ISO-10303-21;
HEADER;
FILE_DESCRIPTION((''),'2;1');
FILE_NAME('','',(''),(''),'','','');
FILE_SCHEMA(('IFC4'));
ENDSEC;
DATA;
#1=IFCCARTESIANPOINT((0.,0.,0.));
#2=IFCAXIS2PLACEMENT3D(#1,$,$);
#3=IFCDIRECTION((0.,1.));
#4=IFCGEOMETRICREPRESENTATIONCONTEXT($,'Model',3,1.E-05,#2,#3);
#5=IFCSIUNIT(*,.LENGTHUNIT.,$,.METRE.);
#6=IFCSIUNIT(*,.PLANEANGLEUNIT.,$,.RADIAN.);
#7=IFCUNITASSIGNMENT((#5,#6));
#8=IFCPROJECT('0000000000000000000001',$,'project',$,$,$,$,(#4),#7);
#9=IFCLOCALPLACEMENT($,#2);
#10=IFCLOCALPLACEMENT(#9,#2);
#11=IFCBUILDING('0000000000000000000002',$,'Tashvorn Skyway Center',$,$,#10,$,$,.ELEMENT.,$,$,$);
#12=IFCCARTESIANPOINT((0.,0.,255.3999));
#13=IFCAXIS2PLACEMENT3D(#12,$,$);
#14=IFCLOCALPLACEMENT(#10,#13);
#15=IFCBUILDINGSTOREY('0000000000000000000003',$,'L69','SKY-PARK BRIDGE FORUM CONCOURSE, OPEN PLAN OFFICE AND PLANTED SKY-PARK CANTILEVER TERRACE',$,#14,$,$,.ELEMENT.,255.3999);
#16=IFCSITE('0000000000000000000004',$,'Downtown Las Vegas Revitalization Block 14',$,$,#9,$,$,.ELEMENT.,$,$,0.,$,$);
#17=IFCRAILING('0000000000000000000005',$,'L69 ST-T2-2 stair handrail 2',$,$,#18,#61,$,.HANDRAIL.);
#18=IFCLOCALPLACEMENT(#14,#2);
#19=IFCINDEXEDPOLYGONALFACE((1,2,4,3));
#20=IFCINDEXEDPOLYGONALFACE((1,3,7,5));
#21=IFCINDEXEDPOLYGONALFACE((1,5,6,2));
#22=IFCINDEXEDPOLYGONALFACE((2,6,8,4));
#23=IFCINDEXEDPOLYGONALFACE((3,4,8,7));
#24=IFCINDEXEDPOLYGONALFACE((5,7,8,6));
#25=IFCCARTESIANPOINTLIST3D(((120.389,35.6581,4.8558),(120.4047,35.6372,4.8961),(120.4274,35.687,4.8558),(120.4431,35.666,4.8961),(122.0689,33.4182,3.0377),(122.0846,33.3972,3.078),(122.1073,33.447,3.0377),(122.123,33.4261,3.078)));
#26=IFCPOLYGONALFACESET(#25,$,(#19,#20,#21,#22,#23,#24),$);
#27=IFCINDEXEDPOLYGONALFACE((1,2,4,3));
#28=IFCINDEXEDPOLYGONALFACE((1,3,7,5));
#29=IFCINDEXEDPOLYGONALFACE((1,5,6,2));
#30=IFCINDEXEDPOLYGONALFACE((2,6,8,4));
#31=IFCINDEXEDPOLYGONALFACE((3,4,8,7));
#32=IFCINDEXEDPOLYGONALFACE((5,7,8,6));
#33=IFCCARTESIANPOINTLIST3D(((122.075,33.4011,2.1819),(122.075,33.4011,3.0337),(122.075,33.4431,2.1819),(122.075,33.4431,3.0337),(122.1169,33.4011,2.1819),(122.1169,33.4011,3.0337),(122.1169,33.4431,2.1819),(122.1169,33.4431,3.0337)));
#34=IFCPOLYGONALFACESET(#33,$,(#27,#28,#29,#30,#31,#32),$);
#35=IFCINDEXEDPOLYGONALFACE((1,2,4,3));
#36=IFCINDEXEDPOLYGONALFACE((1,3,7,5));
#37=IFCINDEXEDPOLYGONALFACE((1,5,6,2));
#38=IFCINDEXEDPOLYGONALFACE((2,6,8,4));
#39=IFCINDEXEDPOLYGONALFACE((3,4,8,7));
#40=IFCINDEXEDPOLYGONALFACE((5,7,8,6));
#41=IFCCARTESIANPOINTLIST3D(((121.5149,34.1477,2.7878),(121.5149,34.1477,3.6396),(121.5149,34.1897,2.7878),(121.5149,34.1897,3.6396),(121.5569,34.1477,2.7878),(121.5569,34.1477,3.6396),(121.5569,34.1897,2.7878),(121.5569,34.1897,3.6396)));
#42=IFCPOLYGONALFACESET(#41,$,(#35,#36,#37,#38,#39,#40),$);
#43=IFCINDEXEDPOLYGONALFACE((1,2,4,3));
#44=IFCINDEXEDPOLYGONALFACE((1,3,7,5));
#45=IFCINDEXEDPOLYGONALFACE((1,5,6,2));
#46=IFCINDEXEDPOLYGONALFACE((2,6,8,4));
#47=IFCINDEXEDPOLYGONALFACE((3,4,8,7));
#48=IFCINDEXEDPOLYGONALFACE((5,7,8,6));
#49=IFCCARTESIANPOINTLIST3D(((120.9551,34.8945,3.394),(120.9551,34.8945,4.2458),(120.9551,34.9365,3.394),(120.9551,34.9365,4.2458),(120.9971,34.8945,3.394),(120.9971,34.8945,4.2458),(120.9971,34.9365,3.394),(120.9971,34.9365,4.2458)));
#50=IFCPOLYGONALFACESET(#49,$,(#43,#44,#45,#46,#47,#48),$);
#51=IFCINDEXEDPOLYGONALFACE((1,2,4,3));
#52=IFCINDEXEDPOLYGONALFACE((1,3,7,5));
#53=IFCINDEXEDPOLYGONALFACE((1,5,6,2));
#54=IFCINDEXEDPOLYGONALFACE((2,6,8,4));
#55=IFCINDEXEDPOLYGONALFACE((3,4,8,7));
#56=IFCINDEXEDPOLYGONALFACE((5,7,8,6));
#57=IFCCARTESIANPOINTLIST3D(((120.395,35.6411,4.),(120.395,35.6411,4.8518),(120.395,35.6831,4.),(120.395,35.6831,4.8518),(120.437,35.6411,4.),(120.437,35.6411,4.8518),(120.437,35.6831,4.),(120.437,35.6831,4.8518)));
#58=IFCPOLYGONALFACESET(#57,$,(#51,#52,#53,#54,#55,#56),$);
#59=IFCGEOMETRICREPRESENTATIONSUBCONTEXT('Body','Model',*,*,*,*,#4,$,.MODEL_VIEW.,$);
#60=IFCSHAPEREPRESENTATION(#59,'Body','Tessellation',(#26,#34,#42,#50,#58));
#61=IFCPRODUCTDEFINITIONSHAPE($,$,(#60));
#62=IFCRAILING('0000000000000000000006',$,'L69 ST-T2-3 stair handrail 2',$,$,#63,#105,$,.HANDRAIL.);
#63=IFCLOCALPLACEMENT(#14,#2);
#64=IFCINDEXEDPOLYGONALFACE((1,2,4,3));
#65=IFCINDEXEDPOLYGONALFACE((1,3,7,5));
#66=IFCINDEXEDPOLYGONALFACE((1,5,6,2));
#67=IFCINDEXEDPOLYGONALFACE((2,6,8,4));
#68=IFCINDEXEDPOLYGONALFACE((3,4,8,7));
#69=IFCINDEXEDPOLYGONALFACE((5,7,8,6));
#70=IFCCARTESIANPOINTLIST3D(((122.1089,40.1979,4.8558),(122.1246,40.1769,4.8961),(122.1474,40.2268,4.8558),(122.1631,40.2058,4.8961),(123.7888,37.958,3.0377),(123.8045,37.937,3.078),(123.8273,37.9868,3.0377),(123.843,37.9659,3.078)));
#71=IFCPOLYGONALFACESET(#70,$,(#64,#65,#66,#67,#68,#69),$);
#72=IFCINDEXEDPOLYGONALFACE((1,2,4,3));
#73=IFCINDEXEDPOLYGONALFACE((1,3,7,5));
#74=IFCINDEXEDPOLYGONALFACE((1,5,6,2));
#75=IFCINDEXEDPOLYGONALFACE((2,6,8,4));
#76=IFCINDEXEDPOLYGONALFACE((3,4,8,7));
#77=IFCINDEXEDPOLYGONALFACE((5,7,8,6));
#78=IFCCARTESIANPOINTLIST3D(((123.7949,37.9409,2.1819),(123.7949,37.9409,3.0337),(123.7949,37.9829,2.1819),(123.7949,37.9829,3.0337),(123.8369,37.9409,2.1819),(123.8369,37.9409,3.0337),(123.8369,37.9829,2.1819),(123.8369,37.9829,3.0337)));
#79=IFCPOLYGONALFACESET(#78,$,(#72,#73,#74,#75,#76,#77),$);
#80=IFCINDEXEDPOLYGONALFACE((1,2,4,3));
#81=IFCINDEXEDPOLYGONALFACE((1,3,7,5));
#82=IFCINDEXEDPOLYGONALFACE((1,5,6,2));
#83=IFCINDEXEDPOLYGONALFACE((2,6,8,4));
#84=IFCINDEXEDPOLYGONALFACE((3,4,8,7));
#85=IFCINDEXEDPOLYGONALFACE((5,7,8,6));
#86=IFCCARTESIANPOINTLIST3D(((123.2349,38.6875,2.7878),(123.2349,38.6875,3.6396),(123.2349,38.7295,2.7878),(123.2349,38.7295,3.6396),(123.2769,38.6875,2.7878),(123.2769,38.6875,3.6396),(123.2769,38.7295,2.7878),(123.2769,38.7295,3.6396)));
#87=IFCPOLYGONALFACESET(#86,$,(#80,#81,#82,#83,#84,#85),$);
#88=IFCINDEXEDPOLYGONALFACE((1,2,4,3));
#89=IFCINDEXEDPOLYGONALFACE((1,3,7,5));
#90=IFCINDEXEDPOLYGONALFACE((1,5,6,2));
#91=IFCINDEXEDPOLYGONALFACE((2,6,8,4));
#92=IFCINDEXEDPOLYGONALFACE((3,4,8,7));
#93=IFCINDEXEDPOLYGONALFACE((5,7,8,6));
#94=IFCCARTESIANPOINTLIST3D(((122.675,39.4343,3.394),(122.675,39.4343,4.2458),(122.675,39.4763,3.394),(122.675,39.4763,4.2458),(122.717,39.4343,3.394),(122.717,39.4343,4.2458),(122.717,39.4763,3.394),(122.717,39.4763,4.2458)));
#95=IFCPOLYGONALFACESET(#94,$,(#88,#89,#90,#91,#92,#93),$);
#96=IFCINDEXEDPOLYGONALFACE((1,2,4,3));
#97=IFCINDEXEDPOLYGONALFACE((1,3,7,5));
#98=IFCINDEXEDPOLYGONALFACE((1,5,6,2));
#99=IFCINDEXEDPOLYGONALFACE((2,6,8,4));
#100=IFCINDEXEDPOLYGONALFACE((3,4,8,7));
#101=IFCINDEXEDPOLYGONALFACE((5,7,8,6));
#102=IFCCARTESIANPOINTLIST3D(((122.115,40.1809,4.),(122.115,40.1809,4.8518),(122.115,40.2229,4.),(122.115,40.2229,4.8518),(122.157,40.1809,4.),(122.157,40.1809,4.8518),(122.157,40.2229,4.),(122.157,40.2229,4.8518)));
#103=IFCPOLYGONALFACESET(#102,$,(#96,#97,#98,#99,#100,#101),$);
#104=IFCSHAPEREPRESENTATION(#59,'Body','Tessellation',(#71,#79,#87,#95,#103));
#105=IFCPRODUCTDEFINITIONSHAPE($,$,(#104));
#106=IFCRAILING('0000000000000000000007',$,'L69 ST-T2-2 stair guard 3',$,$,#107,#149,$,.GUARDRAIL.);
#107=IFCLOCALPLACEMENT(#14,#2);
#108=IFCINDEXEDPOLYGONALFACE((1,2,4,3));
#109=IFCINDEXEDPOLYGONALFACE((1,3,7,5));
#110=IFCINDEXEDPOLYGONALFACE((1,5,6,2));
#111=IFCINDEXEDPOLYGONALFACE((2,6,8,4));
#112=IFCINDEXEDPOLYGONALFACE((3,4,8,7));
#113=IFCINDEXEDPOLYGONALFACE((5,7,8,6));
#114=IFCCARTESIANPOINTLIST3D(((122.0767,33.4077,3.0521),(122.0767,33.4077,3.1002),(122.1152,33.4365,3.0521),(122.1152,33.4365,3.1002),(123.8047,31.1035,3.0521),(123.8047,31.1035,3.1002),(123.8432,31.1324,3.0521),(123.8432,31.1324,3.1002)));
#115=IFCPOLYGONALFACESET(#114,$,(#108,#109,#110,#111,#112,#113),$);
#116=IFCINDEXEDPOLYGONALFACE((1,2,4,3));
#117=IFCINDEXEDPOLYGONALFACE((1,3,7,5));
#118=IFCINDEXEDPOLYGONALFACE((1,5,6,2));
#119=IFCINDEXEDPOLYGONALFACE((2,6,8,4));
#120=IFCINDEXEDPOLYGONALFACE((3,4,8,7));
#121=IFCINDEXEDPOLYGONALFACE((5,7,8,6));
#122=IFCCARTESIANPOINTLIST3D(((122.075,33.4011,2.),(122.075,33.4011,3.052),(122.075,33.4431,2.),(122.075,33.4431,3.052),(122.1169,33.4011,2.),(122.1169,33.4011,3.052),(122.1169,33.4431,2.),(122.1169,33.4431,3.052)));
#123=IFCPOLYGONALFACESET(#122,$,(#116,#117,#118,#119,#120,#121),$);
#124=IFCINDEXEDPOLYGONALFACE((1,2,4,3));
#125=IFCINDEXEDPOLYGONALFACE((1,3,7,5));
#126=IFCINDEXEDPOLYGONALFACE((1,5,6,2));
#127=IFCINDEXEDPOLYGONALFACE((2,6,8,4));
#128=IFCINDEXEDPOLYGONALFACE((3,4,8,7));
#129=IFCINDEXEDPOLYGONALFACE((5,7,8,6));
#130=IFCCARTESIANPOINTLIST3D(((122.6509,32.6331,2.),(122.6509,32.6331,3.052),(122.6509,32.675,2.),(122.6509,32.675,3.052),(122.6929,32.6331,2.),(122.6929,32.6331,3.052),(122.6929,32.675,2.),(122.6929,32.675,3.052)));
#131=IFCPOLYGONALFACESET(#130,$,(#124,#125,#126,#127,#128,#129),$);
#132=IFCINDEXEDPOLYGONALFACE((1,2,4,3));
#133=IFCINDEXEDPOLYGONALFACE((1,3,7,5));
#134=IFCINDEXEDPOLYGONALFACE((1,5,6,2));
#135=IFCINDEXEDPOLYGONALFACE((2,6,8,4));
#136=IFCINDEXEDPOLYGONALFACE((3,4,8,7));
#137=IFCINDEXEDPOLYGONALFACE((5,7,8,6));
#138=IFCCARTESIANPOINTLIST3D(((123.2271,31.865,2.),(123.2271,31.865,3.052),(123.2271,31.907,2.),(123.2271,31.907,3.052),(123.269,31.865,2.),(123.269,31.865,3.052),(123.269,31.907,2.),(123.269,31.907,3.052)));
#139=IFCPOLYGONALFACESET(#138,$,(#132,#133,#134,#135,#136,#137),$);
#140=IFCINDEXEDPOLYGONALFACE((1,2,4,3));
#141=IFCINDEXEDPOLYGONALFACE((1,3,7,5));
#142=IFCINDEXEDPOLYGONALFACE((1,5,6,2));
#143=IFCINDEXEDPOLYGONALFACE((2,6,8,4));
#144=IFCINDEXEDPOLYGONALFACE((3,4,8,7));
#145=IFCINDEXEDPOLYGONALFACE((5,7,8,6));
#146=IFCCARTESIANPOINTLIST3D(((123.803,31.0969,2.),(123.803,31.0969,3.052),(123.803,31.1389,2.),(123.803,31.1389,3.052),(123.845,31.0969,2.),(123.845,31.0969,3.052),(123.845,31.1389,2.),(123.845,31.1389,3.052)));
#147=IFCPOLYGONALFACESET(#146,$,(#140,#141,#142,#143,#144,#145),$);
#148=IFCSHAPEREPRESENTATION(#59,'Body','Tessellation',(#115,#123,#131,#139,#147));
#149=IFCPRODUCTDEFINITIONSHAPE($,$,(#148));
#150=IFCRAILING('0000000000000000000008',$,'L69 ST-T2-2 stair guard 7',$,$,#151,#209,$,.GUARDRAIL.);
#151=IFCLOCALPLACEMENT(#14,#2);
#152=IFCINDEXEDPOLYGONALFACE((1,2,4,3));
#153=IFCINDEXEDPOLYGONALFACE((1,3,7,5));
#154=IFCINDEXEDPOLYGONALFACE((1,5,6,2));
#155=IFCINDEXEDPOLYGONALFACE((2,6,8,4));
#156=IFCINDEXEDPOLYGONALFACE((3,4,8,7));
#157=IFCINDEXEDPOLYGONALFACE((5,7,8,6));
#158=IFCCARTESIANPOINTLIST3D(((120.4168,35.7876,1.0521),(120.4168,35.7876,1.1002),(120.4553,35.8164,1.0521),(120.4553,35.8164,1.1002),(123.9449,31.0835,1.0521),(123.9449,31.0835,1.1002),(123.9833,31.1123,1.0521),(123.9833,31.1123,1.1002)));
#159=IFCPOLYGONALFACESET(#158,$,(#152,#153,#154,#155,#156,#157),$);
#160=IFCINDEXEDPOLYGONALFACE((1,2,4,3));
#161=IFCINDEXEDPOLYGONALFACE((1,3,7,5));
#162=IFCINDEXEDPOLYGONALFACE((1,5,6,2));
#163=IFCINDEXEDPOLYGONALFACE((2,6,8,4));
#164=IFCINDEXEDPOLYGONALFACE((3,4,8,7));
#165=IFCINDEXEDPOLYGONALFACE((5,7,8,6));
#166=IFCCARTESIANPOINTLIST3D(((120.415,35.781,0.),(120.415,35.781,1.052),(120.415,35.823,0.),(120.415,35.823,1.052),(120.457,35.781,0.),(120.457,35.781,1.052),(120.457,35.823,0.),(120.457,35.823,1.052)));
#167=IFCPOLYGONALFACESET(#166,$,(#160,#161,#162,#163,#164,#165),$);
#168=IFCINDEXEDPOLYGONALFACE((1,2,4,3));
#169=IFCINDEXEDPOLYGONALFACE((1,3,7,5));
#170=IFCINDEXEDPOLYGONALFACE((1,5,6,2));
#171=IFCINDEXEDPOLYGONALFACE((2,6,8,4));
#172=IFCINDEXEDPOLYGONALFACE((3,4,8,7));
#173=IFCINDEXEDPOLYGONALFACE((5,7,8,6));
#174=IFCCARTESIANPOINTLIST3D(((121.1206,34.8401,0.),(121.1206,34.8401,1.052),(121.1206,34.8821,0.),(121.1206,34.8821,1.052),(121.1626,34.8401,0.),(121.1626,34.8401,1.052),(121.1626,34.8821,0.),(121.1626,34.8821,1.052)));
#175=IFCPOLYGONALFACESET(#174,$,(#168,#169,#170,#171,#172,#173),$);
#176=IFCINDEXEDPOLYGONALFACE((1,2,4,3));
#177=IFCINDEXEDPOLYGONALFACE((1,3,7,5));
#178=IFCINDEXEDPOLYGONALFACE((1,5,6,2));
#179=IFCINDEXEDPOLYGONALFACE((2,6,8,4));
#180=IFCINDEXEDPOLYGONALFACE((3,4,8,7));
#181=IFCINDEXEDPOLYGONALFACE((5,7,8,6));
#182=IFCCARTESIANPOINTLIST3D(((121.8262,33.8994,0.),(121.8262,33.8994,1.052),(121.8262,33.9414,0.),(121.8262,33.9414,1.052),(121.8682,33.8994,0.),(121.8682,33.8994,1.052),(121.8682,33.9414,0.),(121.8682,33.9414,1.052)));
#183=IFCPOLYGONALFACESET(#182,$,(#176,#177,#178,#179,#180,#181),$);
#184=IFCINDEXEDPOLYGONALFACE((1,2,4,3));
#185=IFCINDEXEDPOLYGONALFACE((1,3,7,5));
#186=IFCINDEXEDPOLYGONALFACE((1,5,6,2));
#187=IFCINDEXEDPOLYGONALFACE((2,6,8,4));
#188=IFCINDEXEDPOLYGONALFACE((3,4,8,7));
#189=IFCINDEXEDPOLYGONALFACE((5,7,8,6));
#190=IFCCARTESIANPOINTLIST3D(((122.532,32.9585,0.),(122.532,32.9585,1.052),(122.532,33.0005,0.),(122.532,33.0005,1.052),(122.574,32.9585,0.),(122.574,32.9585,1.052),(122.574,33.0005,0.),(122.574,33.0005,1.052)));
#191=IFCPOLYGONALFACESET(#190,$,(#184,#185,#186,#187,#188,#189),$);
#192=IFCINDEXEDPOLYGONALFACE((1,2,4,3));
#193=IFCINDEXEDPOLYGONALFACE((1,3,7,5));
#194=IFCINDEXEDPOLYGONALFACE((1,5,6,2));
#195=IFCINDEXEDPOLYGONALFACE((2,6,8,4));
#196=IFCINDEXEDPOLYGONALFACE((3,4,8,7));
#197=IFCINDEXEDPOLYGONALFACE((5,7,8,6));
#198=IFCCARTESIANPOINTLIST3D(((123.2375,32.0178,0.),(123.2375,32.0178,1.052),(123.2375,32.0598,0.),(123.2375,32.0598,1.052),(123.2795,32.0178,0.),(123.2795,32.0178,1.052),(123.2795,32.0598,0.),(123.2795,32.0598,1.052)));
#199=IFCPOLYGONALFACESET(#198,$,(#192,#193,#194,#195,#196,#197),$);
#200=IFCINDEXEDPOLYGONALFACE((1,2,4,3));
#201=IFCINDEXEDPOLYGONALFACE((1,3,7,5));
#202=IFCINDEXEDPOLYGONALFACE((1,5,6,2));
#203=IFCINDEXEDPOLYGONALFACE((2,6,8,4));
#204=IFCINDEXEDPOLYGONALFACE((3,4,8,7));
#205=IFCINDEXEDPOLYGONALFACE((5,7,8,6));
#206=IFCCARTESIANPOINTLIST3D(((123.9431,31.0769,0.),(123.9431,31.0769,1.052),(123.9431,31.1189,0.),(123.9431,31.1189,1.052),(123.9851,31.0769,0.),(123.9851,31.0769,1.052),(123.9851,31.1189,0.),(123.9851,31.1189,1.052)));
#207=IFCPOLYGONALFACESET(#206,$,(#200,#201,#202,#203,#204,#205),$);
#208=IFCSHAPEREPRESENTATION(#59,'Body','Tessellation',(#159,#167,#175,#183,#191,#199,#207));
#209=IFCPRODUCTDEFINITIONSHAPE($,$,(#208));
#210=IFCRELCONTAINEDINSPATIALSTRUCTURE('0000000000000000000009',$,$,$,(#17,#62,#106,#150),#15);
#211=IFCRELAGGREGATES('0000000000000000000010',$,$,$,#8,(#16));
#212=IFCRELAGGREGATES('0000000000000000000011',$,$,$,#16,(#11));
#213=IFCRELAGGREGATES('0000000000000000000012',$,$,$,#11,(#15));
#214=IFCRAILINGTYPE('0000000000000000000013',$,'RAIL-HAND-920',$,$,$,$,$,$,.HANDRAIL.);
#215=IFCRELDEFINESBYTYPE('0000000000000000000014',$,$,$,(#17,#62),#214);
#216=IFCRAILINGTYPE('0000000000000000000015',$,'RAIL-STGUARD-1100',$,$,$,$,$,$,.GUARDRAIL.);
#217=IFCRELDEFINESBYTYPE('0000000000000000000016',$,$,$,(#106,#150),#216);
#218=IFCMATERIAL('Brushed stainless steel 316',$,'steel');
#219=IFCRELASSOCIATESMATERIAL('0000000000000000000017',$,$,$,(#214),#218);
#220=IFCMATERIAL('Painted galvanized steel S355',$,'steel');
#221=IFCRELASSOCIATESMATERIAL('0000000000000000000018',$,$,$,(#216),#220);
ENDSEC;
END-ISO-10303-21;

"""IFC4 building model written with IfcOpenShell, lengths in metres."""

from ifc_helpers import new_model, si_unit, direction, frame, origin, origin_2d, place, context, subcontext, project, spatial, rectangle, extrude, material, type_object, element, save


model = new_model("IFC4")

# Units and contexts
model_context = context("Model", 3, precision=1e-05, world=origin(), true_north=direction((0.0, 1.0)))
body_context = subcontext(model_context, "Body", "Model", "MODEL_VIEW")
ifc_project = project(units=[si_unit("LENGTHUNIT", "METRE"), si_unit("PLANEANGLEUNIT", "RADIAN")], contexts=[model_context])

# Site, building, storey
site_placement = place(None, origin())
site = spatial("IfcSite", under=ifc_project, at=site_placement, Name="Downtown Las Vegas Revitalization Block 14", CompositionType="ELEMENT", RefElevation=0.0)
building_placement = place(site_placement, origin())
building = spatial("IfcBuilding", under=site, at=building_placement, Name="Tashvorn Skyway Center", CompositionType="ELEMENT")
storey_placement = place(building_placement, frame((0.0, 0.0, 255.3999)))
storey = spatial("IfcBuildingStorey", under=building, at=storey_placement, Name="L69", Description="SKY-PARK BRIDGE FORUM CONCOURSE, OPEN PLAN OFFICE AND PLANTED SKY-PARK CANTILEVER TERRACE", CompositionType="ELEMENT", Elevation=255.3999)

# Railings
ifc_material_1 = material(Name="Brushed stainless steel 316", Category="steel")
railing_type_1 = type_object("IfcRailingType", Name="RAIL-HAND-920", PredefinedType="HANDRAIL", material=ifc_material_1)
for number, where, name in (
    (1, (122.0959, 33.4221, 2.1819), "L69 ST-T2-2 stair handrail 2"),
    (2, (123.8159, 37.9619, 2.1819), "L69 ST-T2-3 stair handrail 2"),
):
    element("IfcRailing", number, at=place(storey_placement, frame(where)), inside=storey, type_object=railing_type_1, Name=name, PredefinedType="HANDRAIL", context=body_context, shape_type="SweptSolid", body=[
        extrude(rectangle(XDim=0.0481, YDim=0.0481, at=origin_2d()), frame((0.0, 0.0, 0.876), z_axis=(-0.503207, 0.670966, 0.544598), x_axis=(-0.80001, -0.599986, 0.0)), (0.0, 0.0, 1.0), 3.3384),
        extrude(rectangle(XDim=0.042, YDim=0.042, at=origin_2d()), origin(), (0.0, 0.0, 1.0), 0.8518),
        extrude(rectangle(XDim=0.042, YDim=0.042, at=origin_2d()), frame((-0.5601, 0.7466, 0.606)), (0.0, 0.0, 1.0), 0.8518),
        extrude(rectangle(XDim=0.042, YDim=0.042, at=origin_2d()), frame((-1.1199, 1.4934, 1.2122)), (0.0, 0.0, 1.0), 0.8518),
        extrude(rectangle(XDim=0.042, YDim=0.042, at=origin_2d()), frame((-1.6799, 2.24, 1.8181)), (0.0, 0.0, 1.0), 0.8518),
    ])
ifc_material_2 = material(Name="Painted galvanized steel S355", Category="steel")
railing_type_2 = type_object("IfcRailingType", Name="RAIL-STGUARD-1100", PredefinedType="GUARDRAIL", material=ifc_material_2)
railing_1_placement = place(storey_placement, frame((122.0959, 33.4221, 2.0)))
element("IfcRailing", 3, at=railing_1_placement, inside=storey, type_object=railing_type_2, Name="L69 ST-T2-2 stair guard 3", PredefinedType="GUARDRAIL", context=body_context, shape_type="SweptSolid", body=[
    extrude(rectangle(XDim=0.0481, YDim=0.0481, at=origin_2d()), frame((0.0, 0.0, 1.0762), z_axis=(0.599973, -0.80002, 0.0), x_axis=(0.80002, 0.599973, 0.0)), (0.0, 0.0, 1.0), 2.8801),
    extrude(rectangle(XDim=0.042, YDim=0.042, at=origin_2d()), origin(), (0.0, 0.0, 1.0), 1.052),
    extrude(rectangle(XDim=0.042, YDim=0.042, at=origin_2d()), frame((0.5759, -0.7681, 0.0)), (0.0, 0.0, 1.0), 1.052),
    extrude(rectangle(XDim=0.042, YDim=0.042, at=origin_2d()), frame((1.1521, -1.5361, 0.0)), (0.0, 0.0, 1.0), 1.052),
    extrude(rectangle(XDim=0.042, YDim=0.042, at=origin_2d()), frame((1.728, -2.3042, 0.0)), (0.0, 0.0, 1.0), 1.052),
])
railing_2_placement = place(storey_placement, frame((120.436, 35.802, 0.0)))
element("IfcRailing", 4, at=railing_2_placement, inside=storey, type_object=railing_type_2, Name="L69 ST-T2-2 stair guard 7", PredefinedType="GUARDRAIL", context=body_context, shape_type="SweptSolid", body=[
    extrude(rectangle(XDim=0.0481, YDim=0.0481, at=origin_2d()), frame((0.0, 0.0, 1.0762), z_axis=(0.6, -0.8, 0.0), x_axis=(0.8, 0.6, 0.0)), (0.0, 0.0, 1.0), 5.8801),
    extrude(rectangle(XDim=0.042, YDim=0.042, at=origin_2d()), origin(), (0.0, 0.0, 1.0), 1.052),
    extrude(rectangle(XDim=0.042, YDim=0.042, at=origin_2d()), frame((0.7056, -0.9409, 0.0)), (0.0, 0.0, 1.0), 1.052),
    extrude(rectangle(XDim=0.042, YDim=0.042, at=origin_2d()), frame((1.4111, -1.8816, 0.0)), (0.0, 0.0, 1.0), 1.052),
    extrude(rectangle(XDim=0.042, YDim=0.042, at=origin_2d()), frame((2.1169, -2.8225, 0.0)), (0.0, 0.0, 1.0), 1.052),
    extrude(rectangle(XDim=0.042, YDim=0.042, at=origin_2d()), frame((2.8225, -3.7632, 0.0)), (0.0, 0.0, 1.0), 1.052),
    extrude(rectangle(XDim=0.042, YDim=0.042, at=origin_2d()), frame((3.5281, -4.7041, 0.0)), (0.0, 0.0, 1.0), 1.052),
])

save(model, "model.ifc")
